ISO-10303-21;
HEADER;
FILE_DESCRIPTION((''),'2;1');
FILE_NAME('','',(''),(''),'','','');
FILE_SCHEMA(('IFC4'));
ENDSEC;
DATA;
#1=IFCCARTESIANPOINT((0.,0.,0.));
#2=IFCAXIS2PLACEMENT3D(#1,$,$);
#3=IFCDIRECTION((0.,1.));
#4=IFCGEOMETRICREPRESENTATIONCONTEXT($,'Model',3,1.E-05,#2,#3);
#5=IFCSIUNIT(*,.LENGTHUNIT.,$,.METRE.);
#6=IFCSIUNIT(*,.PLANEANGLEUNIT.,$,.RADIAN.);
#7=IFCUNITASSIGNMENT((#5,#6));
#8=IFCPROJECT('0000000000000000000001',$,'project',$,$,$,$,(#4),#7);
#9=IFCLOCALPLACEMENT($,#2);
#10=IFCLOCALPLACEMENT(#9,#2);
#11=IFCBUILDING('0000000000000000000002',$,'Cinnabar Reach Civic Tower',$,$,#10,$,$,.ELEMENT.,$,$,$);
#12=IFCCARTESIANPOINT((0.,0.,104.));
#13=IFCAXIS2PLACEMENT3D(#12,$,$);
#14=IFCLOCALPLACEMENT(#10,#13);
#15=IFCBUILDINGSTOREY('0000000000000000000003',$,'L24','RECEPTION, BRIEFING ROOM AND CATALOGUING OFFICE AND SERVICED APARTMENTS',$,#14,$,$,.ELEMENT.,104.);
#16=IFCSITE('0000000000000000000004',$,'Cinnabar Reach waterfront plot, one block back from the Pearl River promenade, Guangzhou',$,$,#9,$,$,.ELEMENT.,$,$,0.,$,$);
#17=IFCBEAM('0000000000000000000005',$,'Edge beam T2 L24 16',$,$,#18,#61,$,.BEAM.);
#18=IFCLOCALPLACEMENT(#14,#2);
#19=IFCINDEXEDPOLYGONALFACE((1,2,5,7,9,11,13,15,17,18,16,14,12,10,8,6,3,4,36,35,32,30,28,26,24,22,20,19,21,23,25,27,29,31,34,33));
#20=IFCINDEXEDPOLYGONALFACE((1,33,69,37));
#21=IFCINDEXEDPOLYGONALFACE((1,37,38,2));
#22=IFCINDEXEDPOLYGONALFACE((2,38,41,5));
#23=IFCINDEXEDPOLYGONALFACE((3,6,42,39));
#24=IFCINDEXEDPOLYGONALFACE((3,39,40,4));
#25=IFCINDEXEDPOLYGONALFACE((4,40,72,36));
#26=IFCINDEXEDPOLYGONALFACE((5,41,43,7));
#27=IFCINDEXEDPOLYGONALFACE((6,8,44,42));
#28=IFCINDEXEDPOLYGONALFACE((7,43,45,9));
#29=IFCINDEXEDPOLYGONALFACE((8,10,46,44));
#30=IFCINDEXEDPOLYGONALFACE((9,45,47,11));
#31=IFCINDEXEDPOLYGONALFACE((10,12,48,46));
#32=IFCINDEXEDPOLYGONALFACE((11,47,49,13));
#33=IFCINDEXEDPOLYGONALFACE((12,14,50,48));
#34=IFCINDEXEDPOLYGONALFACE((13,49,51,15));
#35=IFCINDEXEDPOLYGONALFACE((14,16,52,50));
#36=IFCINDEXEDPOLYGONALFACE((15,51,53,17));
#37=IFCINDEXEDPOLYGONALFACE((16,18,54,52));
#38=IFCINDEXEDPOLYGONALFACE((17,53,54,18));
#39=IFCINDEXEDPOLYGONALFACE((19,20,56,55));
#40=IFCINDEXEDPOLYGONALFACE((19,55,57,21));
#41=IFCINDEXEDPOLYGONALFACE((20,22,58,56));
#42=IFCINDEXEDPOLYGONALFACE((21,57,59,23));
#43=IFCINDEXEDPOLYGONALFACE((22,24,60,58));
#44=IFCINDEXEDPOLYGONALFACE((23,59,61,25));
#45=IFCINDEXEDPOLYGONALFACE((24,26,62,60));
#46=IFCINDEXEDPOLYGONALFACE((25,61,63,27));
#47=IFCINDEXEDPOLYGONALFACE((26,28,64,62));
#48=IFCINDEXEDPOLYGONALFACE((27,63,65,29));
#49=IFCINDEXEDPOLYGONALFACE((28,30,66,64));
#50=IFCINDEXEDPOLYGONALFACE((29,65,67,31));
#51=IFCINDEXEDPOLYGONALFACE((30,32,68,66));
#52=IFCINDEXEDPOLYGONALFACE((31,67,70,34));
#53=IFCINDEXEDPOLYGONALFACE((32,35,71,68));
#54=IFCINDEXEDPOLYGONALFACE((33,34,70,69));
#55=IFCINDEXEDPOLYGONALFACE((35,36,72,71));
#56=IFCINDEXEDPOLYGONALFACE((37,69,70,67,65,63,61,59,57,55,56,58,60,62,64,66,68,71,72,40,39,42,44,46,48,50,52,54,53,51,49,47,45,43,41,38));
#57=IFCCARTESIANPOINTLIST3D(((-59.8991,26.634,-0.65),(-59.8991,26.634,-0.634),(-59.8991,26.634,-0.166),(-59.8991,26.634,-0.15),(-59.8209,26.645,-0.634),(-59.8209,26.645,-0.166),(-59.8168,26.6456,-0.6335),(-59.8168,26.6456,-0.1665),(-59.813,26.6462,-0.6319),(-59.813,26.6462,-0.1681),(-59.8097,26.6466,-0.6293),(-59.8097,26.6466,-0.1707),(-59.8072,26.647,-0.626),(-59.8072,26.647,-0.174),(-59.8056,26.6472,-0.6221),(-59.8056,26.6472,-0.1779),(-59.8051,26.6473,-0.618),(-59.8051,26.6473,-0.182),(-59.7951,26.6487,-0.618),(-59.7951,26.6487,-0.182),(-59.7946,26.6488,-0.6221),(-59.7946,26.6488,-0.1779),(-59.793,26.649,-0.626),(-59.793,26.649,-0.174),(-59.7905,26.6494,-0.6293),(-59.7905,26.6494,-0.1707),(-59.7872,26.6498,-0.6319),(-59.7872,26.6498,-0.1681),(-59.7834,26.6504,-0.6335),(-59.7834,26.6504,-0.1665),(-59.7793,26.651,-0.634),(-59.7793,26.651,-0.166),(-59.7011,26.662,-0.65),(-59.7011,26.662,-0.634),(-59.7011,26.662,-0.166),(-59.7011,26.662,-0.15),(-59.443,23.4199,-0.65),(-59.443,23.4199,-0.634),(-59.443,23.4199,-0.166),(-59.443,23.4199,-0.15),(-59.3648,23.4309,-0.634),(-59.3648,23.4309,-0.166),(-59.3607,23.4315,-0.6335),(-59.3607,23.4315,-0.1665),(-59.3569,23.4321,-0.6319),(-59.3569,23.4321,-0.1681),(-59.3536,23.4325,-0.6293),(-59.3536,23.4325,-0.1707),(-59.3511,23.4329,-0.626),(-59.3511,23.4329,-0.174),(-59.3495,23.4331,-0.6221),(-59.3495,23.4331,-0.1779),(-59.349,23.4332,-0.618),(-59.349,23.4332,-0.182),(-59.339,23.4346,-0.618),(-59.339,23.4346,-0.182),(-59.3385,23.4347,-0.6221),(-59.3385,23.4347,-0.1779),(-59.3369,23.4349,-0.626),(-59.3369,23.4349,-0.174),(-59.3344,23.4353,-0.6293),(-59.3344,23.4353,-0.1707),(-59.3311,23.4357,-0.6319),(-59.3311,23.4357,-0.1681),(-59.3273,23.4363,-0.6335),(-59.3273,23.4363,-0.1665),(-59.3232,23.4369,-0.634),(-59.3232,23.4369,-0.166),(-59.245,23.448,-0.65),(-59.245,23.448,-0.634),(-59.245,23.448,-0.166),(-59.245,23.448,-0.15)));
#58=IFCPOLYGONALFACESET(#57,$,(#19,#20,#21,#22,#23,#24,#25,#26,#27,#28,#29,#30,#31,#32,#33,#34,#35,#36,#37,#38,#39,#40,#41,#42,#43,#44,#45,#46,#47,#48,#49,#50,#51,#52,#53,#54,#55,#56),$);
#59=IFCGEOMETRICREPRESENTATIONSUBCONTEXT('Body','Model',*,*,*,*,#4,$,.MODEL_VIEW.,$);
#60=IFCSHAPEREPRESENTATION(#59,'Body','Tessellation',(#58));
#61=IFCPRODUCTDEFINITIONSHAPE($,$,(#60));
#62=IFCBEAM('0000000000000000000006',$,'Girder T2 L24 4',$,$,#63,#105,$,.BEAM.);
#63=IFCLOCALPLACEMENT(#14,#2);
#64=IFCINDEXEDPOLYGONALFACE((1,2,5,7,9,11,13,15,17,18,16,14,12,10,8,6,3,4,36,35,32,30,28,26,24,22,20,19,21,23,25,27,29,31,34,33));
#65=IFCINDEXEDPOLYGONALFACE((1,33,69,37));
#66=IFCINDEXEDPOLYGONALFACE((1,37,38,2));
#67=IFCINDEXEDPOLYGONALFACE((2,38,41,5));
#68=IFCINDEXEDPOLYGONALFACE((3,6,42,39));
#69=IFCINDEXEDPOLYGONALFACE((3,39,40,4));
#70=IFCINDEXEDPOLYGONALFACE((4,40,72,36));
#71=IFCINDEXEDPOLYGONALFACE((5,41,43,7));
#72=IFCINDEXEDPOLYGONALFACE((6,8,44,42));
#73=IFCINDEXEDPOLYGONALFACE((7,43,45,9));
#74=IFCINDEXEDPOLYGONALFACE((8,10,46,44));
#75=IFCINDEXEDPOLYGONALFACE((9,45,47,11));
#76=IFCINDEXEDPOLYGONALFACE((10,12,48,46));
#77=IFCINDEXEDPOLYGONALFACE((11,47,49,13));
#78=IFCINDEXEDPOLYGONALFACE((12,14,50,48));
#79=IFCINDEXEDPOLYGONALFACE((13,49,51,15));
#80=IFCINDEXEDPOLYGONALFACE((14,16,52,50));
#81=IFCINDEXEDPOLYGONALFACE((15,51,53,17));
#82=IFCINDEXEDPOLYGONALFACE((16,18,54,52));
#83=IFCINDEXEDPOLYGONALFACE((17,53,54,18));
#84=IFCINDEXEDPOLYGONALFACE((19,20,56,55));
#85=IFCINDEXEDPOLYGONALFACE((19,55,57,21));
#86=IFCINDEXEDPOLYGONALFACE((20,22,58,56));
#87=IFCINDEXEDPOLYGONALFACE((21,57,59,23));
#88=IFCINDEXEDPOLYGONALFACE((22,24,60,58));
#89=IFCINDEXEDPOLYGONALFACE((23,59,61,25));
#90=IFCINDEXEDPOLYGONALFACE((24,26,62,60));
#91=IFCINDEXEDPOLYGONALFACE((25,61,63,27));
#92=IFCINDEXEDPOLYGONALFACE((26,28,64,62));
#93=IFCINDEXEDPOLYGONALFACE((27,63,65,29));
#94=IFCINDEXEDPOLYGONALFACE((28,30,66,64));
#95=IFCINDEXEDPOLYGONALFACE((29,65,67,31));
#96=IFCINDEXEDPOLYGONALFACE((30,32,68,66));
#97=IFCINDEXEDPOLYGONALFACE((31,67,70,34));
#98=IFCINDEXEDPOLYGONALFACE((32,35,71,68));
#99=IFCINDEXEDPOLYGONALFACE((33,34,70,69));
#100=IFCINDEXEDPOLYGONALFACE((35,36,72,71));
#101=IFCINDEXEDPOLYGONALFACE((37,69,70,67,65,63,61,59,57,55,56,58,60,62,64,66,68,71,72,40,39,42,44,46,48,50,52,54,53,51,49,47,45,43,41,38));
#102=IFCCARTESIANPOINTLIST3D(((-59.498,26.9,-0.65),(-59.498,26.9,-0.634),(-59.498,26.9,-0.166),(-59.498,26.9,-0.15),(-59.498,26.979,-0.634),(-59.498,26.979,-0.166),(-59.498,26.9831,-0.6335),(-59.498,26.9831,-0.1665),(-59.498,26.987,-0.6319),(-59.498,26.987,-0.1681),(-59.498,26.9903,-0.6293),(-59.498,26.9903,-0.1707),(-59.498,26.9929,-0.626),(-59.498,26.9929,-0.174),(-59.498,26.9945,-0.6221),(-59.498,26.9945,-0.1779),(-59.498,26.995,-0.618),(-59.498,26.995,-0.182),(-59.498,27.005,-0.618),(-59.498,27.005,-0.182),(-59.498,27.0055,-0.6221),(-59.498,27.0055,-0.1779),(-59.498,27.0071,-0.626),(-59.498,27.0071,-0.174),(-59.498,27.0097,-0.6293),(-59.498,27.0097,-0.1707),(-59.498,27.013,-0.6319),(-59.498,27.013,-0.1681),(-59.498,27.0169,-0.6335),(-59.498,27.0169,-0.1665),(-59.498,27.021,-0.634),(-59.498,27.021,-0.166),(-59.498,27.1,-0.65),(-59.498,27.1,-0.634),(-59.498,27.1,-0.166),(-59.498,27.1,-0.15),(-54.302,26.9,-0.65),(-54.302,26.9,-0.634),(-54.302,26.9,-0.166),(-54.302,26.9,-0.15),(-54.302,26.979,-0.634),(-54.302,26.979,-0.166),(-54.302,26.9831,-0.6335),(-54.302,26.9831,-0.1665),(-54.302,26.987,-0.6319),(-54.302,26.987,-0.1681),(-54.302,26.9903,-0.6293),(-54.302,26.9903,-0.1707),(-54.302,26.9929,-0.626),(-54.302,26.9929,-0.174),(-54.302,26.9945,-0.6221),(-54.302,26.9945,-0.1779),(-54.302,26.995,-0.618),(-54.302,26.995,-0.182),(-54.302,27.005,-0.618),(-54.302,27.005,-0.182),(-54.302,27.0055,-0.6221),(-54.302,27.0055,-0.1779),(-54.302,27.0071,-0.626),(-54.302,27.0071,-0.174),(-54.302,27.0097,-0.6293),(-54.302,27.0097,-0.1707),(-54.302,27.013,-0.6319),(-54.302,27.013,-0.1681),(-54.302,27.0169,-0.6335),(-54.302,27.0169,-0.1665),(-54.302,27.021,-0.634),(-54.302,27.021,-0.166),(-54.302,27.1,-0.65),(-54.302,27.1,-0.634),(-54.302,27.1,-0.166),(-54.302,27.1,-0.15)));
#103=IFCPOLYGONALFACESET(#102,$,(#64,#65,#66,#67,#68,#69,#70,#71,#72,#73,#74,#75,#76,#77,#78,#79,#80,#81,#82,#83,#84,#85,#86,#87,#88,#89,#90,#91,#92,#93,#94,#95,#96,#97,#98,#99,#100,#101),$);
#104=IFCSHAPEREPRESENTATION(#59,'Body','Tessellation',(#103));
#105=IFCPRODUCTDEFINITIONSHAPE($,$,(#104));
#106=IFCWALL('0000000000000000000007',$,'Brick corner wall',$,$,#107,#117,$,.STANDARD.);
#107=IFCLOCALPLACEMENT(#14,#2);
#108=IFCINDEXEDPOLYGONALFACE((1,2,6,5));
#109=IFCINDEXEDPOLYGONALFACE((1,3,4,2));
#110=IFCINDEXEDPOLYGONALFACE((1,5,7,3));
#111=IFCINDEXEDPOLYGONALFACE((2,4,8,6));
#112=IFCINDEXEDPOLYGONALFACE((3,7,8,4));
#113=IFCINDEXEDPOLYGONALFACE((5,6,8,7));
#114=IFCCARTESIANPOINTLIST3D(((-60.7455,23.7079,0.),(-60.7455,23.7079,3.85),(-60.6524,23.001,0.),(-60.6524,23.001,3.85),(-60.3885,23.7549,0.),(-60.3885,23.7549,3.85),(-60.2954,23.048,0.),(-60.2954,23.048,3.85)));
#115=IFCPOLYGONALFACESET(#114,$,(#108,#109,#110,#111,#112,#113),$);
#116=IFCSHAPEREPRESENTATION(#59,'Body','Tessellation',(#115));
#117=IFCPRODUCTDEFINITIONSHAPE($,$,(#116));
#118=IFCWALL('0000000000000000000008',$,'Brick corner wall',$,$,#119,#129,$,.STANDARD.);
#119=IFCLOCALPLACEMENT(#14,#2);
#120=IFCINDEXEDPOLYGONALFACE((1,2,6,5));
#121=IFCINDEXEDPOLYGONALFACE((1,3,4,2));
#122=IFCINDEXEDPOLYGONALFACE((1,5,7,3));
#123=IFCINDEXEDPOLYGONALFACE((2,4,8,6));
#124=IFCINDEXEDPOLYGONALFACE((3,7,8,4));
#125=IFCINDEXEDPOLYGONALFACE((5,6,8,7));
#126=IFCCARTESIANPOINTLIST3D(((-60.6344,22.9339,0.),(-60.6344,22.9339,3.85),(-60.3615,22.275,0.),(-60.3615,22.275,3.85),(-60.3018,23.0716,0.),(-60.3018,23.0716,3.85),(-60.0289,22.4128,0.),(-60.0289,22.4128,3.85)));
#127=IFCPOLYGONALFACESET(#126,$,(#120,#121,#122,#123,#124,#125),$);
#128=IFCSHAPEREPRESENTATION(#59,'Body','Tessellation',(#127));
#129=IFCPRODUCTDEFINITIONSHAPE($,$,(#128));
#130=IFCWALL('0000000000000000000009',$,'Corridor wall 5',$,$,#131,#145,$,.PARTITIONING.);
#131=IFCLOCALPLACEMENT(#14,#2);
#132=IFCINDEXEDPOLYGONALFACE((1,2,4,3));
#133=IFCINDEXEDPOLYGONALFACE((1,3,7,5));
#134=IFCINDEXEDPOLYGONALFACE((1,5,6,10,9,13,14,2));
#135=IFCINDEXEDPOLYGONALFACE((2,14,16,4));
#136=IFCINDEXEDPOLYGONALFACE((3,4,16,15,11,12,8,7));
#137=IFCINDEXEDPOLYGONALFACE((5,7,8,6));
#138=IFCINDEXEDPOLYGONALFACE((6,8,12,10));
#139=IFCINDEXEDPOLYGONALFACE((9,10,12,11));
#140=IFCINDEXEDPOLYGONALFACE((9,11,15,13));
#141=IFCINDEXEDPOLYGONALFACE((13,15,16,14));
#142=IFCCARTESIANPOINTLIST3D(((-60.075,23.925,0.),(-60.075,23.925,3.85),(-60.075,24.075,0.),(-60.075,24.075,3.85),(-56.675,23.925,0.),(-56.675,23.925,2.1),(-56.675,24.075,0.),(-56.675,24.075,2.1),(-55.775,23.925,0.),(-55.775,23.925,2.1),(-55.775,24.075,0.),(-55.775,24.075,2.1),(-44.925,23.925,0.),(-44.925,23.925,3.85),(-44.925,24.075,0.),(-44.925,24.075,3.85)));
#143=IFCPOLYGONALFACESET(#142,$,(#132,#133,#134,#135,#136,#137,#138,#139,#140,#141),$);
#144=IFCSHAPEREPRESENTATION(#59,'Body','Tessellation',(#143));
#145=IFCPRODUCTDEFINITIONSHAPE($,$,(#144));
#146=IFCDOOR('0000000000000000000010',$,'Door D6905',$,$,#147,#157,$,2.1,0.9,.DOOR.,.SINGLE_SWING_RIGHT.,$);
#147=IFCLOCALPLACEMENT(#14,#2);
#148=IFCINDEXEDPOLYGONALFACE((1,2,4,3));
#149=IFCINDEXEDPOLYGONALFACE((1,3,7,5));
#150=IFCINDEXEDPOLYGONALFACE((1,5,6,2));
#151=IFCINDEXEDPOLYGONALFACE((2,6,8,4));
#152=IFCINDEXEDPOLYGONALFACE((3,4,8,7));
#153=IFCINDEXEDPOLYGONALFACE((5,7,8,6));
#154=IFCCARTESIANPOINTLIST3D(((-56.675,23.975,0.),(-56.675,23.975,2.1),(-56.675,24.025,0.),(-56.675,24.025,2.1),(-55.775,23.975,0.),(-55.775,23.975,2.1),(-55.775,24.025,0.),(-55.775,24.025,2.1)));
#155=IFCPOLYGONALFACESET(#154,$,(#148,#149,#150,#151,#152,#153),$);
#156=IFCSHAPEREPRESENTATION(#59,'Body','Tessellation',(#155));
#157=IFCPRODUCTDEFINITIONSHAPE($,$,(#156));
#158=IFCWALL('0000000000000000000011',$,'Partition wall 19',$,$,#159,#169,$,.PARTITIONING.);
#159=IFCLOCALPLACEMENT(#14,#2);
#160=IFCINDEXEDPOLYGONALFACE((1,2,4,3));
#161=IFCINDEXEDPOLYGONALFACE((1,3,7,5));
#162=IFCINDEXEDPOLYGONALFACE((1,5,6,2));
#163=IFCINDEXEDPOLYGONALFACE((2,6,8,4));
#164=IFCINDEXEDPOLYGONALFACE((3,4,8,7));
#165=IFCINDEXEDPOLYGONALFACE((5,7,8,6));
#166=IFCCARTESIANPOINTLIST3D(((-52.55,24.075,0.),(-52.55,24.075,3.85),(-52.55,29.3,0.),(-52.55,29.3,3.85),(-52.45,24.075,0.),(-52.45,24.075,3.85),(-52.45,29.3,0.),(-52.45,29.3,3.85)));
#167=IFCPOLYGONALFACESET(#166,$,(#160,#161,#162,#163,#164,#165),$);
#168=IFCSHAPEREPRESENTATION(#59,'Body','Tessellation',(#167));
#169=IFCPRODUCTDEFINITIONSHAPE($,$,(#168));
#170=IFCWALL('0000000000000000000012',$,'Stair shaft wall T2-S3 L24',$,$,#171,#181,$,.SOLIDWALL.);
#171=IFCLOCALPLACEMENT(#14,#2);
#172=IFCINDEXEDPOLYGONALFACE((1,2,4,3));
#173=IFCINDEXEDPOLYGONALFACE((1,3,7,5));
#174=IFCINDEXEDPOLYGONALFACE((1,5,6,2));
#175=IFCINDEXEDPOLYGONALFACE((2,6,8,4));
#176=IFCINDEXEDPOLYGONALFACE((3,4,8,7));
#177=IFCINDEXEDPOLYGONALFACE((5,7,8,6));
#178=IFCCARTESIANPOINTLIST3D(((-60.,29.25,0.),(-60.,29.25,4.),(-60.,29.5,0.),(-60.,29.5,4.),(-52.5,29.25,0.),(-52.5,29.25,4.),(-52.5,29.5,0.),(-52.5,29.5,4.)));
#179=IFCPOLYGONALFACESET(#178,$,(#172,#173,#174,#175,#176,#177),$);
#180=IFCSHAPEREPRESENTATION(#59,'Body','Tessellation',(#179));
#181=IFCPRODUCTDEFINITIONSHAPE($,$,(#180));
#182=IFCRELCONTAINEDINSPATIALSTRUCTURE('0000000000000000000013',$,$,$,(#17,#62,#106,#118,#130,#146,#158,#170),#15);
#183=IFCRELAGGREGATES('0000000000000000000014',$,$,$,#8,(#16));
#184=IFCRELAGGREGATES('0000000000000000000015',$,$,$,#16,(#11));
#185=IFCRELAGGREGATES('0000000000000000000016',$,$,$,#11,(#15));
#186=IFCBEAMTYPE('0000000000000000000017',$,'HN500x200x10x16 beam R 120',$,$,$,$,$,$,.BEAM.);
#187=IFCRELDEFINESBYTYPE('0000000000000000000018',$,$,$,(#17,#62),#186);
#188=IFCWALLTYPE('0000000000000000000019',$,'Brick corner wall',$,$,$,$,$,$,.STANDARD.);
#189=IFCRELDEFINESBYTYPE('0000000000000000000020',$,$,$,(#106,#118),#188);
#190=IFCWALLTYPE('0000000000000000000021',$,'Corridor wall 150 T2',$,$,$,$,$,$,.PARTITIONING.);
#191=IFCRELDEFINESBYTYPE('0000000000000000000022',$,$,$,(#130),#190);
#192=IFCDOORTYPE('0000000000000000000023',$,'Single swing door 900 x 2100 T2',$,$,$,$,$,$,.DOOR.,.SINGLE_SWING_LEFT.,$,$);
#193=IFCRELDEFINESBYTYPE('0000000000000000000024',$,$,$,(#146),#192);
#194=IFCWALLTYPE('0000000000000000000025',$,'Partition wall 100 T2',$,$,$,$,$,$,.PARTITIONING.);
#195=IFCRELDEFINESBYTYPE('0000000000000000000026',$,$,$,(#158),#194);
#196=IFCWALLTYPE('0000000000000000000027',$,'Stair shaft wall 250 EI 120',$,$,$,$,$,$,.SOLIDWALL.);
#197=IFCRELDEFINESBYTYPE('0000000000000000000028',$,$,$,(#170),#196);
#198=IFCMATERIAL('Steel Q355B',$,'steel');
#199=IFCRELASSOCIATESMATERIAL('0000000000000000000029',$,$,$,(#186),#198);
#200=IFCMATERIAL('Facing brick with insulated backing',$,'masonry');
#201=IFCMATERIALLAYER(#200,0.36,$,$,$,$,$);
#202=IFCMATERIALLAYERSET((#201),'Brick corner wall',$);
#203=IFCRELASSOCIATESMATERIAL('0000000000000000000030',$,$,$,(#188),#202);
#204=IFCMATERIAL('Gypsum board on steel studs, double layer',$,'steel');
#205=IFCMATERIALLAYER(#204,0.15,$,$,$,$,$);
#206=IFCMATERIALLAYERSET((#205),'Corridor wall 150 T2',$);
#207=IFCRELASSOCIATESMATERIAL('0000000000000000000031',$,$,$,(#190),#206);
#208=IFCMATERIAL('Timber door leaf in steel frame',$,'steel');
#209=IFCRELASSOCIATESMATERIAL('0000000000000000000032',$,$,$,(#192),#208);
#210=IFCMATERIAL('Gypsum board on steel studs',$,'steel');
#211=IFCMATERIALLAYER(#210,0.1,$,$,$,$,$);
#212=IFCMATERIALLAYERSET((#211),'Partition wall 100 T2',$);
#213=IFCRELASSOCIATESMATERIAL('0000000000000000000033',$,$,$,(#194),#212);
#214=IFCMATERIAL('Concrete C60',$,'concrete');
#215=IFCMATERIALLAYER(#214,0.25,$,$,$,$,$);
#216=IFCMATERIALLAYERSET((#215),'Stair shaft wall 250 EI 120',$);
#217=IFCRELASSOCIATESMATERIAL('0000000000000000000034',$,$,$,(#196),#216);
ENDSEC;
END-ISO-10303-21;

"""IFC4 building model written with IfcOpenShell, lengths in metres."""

from ifc_helpers import new_model, si_unit, direction, frame, frame_2d, origin, origin_2d, place, context, subcontext, project, spatial, rectangle, i_section, extrude, material, layer, layer_set, material_profile, profile_set, type_object, element, fill, save


model = new_model("IFC4")

# Units and contexts
model_context = context("Model", 3, precision=1e-05, world=origin(), true_north=direction((0.0, 1.0)))
body_context = subcontext(model_context, "Body", "Model", "MODEL_VIEW")
ifc_project = project(units=[si_unit("LENGTHUNIT", "METRE"), si_unit("PLANEANGLEUNIT", "RADIAN")], contexts=[model_context])

# Site, building, storey
site_placement = place(None, origin())
site = spatial("IfcSite", under=ifc_project, at=site_placement, Name="Cinnabar Reach waterfront plot, one block back from the Pearl River promenade, Guangzhou", CompositionType="ELEMENT", RefElevation=0.0)
building_placement = place(site_placement, origin())
building = spatial("IfcBuilding", under=site, at=building_placement, Name="Cinnabar Reach Civic Tower", CompositionType="ELEMENT")
storey_placement = place(building_placement, frame((0.0, 0.0, 104.0)))
storey = spatial("IfcBuildingStorey", under=building, at=storey_placement, Name="L24", Description="RECEPTION, BRIEFING ROOM AND CATALOGUING OFFICE AND SERVICED APARTMENTS", CompositionType="ELEMENT", Elevation=104.0)

# Shared definitions
ifc_material_1 = material(Name="Concrete C60", Category="concrete")

# Beams
ifc_material_2 = material(Name="Steel Q355B", Category="steel")
ifc_material_profile_1 = material_profile(ifc_material_2, i_section(OverallWidth=0.2, OverallDepth=0.5, WebThickness=0.01, FlangeThickness=0.016, FilletRadius=0.016, at=origin_2d()), Name="HN500x200x10x16")
ifc_profile_set_1 = profile_set([ifc_material_profile_1], Name="Steel Q355B")
beam_type_1 = type_object("IfcBeamType", Name="HN500x200x10x16 beam R 120", PredefinedType="BEAM", material=ifc_profile_set_1)
beam_1_placement = place(storey_placement, frame((-59.8001, 26.648, -0.4), z_axis=(0.140498, -0.990081, 0.0), x_axis=(0.990081, 0.140498, 0.0)))
element("IfcBeam", 1, at=beam_1_placement, inside=storey, type_object=beam_type_1, Name="Edge beam T2 L24 16", PredefinedType="BEAM", context=body_context, shape_type="SweptSolid", body=[
    extrude(i_section(OverallWidth=0.2, OverallDepth=0.5, WebThickness=0.01, FlangeThickness=0.016, FilletRadius=0.016, at=origin_2d()), origin(), (0.0, 0.0, 1.0), 3.2463),
])
beam_2_placement = place(storey_placement, frame((-59.498, 27.0, -0.4), z_axis=(1.0, 0.0, 0.0), x_axis=(0.0, 1.0, 0.0)))
element("IfcBeam", 2, at=beam_2_placement, inside=storey, type_object=beam_type_1, Name="Girder T2 L24 4", PredefinedType="BEAM", context=body_context, shape_type="SweptSolid", body=[
    extrude(i_section(OverallWidth=0.2, OverallDepth=0.5, WebThickness=0.01, FlangeThickness=0.016, FilletRadius=0.016, at=origin_2d()), origin(), (0.0, 0.0, 1.0), 5.196),
])

# Walls
ifc_material_3 = material(Name="Facing brick with insulated backing", Category="masonry")
ifc_layer_1 = layer(ifc_material_3, 0.36)
ifc_layer_set_1 = layer_set([ifc_layer_1], Name="Brick corner wall")
wall_type_1 = type_object("IfcWallType", Name="Brick corner wall", PredefinedType="STANDARD", material=ifc_layer_set_1)
for number, where, z_axis, x_axis, name in (
    (3, (-60.567, 23.7314, 0.0), (0.0, 0.0, 1.0), (0.130556, -0.991441, 0.0), "Brick corner wall"),
    (4, (-60.4681, 23.0027, 0.0), (0.0, 0.0, 1.0), (0.382703, -0.923872, 0.0), "Brick corner wall"),
):
    element("IfcWall", number, at=place(storey_placement, frame(where, z_axis=z_axis, x_axis=x_axis)), inside=storey, type_object=wall_type_1, Name=name, PredefinedType="STANDARD", context=body_context, shape_type="SweptSolid", body=[
        extrude(rectangle(XDim=0.7131, YDim=0.36, at=frame_2d((0.3565, 0.0))), origin(), (0.0, 0.0, 1.0), 3.85),
    ])

# Wall, opening, door
ifc_material_4 = material(Name="Gypsum board on steel studs, double layer", Category="steel")
ifc_layer_2 = layer(ifc_material_4, 0.15)
ifc_layer_set_2 = layer_set([ifc_layer_2], Name="Corridor wall 150 T2")
wall_type_2 = type_object("IfcWallType", Name="Corridor wall 150 T2", PredefinedType="PARTITIONING", material=ifc_layer_set_2)
wall_1_placement = place(storey_placement, frame((-60.075, 24.0, 0.0), z_axis=(0.0, 0.0, 1.0), x_axis=(1.0, 0.0, 0.0)))
wall_1 = element("IfcWall", 5, at=wall_1_placement, inside=storey, type_object=wall_type_2, Name="Corridor wall 5", PredefinedType="PARTITIONING", context=body_context, shape_type="SweptSolid", body=[
    extrude(rectangle(XDim=15.15, YDim=0.15, at=frame_2d((7.575, 0.0))), origin(), (0.0, 0.0, 1.0), 3.85),
])
opening_placement = place(wall_1_placement, frame((3.4, 0.0, 0.0)))
opening = element("IfcOpeningElement", 6, at=opening_placement, cuts=wall_1, PredefinedType="OPENING", context=body_context, shape_type="SweptSolid", body=[
    extrude(rectangle(XDim=0.9, YDim=2.1, at=frame_2d((0.45, 1.05))), frame((0.0, 0.085, 0.0), z_axis=(0.0, -1.0, 0.0), x_axis=(1.0, 0.0, 0.0)), (0.0, 0.0, 1.0), 0.17),
])
ifc_material_5 = material(Name="Timber door leaf in steel frame", Category="steel")
door_type = type_object("IfcDoorType", Name="Single swing door 900 x 2100 T2", OperationType="SINGLE_SWING_LEFT", PredefinedType="DOOR", material=ifc_material_5)
door_placement = place(opening_placement, origin())
door = element("IfcDoor", 7, at=door_placement, inside=storey, type_object=door_type, Name="Door D6905", OperationType="SINGLE_SWING_RIGHT", OverallHeight=2.1, OverallWidth=0.9, PredefinedType="DOOR", context=body_context, shape_type="SweptSolid", body=[
    extrude(rectangle(XDim=0.9, YDim=2.1, at=frame_2d((0.45, 1.05))), frame((0.0, 0.025, 0.0), z_axis=(0.0, -1.0, 0.0), x_axis=(1.0, 0.0, 0.0)), (0.0, 0.0, 1.0), 0.05),
])
fill(opening, door)

# Walls
ifc_material_6 = material(Name="Gypsum board on steel studs", Category="steel")
ifc_layer_3 = layer(ifc_material_6, 0.1)
ifc_layer_set_3 = layer_set([ifc_layer_3], Name="Partition wall 100 T2")
wall_type_3 = type_object("IfcWallType", Name="Partition wall 100 T2", PredefinedType="PARTITIONING", material=ifc_layer_set_3)
wall_2_placement = place(storey_placement, frame((-52.5, 24.075, 0.0), z_axis=(0.0, 0.0, 1.0), x_axis=(0.0, 1.0, 0.0)))
element("IfcWall", 8, at=wall_2_placement, inside=storey, type_object=wall_type_3, Name="Partition wall 19", PredefinedType="PARTITIONING", context=body_context, shape_type="SweptSolid", body=[
    extrude(rectangle(XDim=5.225, YDim=0.1, at=frame_2d((2.6125, 0.0))), origin(), (0.0, 0.0, 1.0), 3.85),
])
ifc_layer_4 = layer(ifc_material_1, 0.25)
ifc_layer_set_4 = layer_set([ifc_layer_4], Name="Stair shaft wall 250 EI 120")
wall_type_4 = type_object("IfcWallType", Name="Stair shaft wall 250 EI 120", PredefinedType="SOLIDWALL", material=ifc_layer_set_4)
wall_3_placement = place(storey_placement, frame((-60.0, 29.375, 0.0), z_axis=(0.0, 0.0, 1.0), x_axis=(1.0, 0.0, 0.0)))
element("IfcWall", 9, at=wall_3_placement, inside=storey, type_object=wall_type_4, Name="Stair shaft wall T2-S3 L24", PredefinedType="SOLIDWALL", context=body_context, shape_type="SweptSolid", body=[
    extrude(rectangle(XDim=7.5, YDim=0.25, at=frame_2d((3.75, 0.0))), origin(), (0.0, 0.0, 1.0), 4.0),
])

save(model, "model.ifc")
